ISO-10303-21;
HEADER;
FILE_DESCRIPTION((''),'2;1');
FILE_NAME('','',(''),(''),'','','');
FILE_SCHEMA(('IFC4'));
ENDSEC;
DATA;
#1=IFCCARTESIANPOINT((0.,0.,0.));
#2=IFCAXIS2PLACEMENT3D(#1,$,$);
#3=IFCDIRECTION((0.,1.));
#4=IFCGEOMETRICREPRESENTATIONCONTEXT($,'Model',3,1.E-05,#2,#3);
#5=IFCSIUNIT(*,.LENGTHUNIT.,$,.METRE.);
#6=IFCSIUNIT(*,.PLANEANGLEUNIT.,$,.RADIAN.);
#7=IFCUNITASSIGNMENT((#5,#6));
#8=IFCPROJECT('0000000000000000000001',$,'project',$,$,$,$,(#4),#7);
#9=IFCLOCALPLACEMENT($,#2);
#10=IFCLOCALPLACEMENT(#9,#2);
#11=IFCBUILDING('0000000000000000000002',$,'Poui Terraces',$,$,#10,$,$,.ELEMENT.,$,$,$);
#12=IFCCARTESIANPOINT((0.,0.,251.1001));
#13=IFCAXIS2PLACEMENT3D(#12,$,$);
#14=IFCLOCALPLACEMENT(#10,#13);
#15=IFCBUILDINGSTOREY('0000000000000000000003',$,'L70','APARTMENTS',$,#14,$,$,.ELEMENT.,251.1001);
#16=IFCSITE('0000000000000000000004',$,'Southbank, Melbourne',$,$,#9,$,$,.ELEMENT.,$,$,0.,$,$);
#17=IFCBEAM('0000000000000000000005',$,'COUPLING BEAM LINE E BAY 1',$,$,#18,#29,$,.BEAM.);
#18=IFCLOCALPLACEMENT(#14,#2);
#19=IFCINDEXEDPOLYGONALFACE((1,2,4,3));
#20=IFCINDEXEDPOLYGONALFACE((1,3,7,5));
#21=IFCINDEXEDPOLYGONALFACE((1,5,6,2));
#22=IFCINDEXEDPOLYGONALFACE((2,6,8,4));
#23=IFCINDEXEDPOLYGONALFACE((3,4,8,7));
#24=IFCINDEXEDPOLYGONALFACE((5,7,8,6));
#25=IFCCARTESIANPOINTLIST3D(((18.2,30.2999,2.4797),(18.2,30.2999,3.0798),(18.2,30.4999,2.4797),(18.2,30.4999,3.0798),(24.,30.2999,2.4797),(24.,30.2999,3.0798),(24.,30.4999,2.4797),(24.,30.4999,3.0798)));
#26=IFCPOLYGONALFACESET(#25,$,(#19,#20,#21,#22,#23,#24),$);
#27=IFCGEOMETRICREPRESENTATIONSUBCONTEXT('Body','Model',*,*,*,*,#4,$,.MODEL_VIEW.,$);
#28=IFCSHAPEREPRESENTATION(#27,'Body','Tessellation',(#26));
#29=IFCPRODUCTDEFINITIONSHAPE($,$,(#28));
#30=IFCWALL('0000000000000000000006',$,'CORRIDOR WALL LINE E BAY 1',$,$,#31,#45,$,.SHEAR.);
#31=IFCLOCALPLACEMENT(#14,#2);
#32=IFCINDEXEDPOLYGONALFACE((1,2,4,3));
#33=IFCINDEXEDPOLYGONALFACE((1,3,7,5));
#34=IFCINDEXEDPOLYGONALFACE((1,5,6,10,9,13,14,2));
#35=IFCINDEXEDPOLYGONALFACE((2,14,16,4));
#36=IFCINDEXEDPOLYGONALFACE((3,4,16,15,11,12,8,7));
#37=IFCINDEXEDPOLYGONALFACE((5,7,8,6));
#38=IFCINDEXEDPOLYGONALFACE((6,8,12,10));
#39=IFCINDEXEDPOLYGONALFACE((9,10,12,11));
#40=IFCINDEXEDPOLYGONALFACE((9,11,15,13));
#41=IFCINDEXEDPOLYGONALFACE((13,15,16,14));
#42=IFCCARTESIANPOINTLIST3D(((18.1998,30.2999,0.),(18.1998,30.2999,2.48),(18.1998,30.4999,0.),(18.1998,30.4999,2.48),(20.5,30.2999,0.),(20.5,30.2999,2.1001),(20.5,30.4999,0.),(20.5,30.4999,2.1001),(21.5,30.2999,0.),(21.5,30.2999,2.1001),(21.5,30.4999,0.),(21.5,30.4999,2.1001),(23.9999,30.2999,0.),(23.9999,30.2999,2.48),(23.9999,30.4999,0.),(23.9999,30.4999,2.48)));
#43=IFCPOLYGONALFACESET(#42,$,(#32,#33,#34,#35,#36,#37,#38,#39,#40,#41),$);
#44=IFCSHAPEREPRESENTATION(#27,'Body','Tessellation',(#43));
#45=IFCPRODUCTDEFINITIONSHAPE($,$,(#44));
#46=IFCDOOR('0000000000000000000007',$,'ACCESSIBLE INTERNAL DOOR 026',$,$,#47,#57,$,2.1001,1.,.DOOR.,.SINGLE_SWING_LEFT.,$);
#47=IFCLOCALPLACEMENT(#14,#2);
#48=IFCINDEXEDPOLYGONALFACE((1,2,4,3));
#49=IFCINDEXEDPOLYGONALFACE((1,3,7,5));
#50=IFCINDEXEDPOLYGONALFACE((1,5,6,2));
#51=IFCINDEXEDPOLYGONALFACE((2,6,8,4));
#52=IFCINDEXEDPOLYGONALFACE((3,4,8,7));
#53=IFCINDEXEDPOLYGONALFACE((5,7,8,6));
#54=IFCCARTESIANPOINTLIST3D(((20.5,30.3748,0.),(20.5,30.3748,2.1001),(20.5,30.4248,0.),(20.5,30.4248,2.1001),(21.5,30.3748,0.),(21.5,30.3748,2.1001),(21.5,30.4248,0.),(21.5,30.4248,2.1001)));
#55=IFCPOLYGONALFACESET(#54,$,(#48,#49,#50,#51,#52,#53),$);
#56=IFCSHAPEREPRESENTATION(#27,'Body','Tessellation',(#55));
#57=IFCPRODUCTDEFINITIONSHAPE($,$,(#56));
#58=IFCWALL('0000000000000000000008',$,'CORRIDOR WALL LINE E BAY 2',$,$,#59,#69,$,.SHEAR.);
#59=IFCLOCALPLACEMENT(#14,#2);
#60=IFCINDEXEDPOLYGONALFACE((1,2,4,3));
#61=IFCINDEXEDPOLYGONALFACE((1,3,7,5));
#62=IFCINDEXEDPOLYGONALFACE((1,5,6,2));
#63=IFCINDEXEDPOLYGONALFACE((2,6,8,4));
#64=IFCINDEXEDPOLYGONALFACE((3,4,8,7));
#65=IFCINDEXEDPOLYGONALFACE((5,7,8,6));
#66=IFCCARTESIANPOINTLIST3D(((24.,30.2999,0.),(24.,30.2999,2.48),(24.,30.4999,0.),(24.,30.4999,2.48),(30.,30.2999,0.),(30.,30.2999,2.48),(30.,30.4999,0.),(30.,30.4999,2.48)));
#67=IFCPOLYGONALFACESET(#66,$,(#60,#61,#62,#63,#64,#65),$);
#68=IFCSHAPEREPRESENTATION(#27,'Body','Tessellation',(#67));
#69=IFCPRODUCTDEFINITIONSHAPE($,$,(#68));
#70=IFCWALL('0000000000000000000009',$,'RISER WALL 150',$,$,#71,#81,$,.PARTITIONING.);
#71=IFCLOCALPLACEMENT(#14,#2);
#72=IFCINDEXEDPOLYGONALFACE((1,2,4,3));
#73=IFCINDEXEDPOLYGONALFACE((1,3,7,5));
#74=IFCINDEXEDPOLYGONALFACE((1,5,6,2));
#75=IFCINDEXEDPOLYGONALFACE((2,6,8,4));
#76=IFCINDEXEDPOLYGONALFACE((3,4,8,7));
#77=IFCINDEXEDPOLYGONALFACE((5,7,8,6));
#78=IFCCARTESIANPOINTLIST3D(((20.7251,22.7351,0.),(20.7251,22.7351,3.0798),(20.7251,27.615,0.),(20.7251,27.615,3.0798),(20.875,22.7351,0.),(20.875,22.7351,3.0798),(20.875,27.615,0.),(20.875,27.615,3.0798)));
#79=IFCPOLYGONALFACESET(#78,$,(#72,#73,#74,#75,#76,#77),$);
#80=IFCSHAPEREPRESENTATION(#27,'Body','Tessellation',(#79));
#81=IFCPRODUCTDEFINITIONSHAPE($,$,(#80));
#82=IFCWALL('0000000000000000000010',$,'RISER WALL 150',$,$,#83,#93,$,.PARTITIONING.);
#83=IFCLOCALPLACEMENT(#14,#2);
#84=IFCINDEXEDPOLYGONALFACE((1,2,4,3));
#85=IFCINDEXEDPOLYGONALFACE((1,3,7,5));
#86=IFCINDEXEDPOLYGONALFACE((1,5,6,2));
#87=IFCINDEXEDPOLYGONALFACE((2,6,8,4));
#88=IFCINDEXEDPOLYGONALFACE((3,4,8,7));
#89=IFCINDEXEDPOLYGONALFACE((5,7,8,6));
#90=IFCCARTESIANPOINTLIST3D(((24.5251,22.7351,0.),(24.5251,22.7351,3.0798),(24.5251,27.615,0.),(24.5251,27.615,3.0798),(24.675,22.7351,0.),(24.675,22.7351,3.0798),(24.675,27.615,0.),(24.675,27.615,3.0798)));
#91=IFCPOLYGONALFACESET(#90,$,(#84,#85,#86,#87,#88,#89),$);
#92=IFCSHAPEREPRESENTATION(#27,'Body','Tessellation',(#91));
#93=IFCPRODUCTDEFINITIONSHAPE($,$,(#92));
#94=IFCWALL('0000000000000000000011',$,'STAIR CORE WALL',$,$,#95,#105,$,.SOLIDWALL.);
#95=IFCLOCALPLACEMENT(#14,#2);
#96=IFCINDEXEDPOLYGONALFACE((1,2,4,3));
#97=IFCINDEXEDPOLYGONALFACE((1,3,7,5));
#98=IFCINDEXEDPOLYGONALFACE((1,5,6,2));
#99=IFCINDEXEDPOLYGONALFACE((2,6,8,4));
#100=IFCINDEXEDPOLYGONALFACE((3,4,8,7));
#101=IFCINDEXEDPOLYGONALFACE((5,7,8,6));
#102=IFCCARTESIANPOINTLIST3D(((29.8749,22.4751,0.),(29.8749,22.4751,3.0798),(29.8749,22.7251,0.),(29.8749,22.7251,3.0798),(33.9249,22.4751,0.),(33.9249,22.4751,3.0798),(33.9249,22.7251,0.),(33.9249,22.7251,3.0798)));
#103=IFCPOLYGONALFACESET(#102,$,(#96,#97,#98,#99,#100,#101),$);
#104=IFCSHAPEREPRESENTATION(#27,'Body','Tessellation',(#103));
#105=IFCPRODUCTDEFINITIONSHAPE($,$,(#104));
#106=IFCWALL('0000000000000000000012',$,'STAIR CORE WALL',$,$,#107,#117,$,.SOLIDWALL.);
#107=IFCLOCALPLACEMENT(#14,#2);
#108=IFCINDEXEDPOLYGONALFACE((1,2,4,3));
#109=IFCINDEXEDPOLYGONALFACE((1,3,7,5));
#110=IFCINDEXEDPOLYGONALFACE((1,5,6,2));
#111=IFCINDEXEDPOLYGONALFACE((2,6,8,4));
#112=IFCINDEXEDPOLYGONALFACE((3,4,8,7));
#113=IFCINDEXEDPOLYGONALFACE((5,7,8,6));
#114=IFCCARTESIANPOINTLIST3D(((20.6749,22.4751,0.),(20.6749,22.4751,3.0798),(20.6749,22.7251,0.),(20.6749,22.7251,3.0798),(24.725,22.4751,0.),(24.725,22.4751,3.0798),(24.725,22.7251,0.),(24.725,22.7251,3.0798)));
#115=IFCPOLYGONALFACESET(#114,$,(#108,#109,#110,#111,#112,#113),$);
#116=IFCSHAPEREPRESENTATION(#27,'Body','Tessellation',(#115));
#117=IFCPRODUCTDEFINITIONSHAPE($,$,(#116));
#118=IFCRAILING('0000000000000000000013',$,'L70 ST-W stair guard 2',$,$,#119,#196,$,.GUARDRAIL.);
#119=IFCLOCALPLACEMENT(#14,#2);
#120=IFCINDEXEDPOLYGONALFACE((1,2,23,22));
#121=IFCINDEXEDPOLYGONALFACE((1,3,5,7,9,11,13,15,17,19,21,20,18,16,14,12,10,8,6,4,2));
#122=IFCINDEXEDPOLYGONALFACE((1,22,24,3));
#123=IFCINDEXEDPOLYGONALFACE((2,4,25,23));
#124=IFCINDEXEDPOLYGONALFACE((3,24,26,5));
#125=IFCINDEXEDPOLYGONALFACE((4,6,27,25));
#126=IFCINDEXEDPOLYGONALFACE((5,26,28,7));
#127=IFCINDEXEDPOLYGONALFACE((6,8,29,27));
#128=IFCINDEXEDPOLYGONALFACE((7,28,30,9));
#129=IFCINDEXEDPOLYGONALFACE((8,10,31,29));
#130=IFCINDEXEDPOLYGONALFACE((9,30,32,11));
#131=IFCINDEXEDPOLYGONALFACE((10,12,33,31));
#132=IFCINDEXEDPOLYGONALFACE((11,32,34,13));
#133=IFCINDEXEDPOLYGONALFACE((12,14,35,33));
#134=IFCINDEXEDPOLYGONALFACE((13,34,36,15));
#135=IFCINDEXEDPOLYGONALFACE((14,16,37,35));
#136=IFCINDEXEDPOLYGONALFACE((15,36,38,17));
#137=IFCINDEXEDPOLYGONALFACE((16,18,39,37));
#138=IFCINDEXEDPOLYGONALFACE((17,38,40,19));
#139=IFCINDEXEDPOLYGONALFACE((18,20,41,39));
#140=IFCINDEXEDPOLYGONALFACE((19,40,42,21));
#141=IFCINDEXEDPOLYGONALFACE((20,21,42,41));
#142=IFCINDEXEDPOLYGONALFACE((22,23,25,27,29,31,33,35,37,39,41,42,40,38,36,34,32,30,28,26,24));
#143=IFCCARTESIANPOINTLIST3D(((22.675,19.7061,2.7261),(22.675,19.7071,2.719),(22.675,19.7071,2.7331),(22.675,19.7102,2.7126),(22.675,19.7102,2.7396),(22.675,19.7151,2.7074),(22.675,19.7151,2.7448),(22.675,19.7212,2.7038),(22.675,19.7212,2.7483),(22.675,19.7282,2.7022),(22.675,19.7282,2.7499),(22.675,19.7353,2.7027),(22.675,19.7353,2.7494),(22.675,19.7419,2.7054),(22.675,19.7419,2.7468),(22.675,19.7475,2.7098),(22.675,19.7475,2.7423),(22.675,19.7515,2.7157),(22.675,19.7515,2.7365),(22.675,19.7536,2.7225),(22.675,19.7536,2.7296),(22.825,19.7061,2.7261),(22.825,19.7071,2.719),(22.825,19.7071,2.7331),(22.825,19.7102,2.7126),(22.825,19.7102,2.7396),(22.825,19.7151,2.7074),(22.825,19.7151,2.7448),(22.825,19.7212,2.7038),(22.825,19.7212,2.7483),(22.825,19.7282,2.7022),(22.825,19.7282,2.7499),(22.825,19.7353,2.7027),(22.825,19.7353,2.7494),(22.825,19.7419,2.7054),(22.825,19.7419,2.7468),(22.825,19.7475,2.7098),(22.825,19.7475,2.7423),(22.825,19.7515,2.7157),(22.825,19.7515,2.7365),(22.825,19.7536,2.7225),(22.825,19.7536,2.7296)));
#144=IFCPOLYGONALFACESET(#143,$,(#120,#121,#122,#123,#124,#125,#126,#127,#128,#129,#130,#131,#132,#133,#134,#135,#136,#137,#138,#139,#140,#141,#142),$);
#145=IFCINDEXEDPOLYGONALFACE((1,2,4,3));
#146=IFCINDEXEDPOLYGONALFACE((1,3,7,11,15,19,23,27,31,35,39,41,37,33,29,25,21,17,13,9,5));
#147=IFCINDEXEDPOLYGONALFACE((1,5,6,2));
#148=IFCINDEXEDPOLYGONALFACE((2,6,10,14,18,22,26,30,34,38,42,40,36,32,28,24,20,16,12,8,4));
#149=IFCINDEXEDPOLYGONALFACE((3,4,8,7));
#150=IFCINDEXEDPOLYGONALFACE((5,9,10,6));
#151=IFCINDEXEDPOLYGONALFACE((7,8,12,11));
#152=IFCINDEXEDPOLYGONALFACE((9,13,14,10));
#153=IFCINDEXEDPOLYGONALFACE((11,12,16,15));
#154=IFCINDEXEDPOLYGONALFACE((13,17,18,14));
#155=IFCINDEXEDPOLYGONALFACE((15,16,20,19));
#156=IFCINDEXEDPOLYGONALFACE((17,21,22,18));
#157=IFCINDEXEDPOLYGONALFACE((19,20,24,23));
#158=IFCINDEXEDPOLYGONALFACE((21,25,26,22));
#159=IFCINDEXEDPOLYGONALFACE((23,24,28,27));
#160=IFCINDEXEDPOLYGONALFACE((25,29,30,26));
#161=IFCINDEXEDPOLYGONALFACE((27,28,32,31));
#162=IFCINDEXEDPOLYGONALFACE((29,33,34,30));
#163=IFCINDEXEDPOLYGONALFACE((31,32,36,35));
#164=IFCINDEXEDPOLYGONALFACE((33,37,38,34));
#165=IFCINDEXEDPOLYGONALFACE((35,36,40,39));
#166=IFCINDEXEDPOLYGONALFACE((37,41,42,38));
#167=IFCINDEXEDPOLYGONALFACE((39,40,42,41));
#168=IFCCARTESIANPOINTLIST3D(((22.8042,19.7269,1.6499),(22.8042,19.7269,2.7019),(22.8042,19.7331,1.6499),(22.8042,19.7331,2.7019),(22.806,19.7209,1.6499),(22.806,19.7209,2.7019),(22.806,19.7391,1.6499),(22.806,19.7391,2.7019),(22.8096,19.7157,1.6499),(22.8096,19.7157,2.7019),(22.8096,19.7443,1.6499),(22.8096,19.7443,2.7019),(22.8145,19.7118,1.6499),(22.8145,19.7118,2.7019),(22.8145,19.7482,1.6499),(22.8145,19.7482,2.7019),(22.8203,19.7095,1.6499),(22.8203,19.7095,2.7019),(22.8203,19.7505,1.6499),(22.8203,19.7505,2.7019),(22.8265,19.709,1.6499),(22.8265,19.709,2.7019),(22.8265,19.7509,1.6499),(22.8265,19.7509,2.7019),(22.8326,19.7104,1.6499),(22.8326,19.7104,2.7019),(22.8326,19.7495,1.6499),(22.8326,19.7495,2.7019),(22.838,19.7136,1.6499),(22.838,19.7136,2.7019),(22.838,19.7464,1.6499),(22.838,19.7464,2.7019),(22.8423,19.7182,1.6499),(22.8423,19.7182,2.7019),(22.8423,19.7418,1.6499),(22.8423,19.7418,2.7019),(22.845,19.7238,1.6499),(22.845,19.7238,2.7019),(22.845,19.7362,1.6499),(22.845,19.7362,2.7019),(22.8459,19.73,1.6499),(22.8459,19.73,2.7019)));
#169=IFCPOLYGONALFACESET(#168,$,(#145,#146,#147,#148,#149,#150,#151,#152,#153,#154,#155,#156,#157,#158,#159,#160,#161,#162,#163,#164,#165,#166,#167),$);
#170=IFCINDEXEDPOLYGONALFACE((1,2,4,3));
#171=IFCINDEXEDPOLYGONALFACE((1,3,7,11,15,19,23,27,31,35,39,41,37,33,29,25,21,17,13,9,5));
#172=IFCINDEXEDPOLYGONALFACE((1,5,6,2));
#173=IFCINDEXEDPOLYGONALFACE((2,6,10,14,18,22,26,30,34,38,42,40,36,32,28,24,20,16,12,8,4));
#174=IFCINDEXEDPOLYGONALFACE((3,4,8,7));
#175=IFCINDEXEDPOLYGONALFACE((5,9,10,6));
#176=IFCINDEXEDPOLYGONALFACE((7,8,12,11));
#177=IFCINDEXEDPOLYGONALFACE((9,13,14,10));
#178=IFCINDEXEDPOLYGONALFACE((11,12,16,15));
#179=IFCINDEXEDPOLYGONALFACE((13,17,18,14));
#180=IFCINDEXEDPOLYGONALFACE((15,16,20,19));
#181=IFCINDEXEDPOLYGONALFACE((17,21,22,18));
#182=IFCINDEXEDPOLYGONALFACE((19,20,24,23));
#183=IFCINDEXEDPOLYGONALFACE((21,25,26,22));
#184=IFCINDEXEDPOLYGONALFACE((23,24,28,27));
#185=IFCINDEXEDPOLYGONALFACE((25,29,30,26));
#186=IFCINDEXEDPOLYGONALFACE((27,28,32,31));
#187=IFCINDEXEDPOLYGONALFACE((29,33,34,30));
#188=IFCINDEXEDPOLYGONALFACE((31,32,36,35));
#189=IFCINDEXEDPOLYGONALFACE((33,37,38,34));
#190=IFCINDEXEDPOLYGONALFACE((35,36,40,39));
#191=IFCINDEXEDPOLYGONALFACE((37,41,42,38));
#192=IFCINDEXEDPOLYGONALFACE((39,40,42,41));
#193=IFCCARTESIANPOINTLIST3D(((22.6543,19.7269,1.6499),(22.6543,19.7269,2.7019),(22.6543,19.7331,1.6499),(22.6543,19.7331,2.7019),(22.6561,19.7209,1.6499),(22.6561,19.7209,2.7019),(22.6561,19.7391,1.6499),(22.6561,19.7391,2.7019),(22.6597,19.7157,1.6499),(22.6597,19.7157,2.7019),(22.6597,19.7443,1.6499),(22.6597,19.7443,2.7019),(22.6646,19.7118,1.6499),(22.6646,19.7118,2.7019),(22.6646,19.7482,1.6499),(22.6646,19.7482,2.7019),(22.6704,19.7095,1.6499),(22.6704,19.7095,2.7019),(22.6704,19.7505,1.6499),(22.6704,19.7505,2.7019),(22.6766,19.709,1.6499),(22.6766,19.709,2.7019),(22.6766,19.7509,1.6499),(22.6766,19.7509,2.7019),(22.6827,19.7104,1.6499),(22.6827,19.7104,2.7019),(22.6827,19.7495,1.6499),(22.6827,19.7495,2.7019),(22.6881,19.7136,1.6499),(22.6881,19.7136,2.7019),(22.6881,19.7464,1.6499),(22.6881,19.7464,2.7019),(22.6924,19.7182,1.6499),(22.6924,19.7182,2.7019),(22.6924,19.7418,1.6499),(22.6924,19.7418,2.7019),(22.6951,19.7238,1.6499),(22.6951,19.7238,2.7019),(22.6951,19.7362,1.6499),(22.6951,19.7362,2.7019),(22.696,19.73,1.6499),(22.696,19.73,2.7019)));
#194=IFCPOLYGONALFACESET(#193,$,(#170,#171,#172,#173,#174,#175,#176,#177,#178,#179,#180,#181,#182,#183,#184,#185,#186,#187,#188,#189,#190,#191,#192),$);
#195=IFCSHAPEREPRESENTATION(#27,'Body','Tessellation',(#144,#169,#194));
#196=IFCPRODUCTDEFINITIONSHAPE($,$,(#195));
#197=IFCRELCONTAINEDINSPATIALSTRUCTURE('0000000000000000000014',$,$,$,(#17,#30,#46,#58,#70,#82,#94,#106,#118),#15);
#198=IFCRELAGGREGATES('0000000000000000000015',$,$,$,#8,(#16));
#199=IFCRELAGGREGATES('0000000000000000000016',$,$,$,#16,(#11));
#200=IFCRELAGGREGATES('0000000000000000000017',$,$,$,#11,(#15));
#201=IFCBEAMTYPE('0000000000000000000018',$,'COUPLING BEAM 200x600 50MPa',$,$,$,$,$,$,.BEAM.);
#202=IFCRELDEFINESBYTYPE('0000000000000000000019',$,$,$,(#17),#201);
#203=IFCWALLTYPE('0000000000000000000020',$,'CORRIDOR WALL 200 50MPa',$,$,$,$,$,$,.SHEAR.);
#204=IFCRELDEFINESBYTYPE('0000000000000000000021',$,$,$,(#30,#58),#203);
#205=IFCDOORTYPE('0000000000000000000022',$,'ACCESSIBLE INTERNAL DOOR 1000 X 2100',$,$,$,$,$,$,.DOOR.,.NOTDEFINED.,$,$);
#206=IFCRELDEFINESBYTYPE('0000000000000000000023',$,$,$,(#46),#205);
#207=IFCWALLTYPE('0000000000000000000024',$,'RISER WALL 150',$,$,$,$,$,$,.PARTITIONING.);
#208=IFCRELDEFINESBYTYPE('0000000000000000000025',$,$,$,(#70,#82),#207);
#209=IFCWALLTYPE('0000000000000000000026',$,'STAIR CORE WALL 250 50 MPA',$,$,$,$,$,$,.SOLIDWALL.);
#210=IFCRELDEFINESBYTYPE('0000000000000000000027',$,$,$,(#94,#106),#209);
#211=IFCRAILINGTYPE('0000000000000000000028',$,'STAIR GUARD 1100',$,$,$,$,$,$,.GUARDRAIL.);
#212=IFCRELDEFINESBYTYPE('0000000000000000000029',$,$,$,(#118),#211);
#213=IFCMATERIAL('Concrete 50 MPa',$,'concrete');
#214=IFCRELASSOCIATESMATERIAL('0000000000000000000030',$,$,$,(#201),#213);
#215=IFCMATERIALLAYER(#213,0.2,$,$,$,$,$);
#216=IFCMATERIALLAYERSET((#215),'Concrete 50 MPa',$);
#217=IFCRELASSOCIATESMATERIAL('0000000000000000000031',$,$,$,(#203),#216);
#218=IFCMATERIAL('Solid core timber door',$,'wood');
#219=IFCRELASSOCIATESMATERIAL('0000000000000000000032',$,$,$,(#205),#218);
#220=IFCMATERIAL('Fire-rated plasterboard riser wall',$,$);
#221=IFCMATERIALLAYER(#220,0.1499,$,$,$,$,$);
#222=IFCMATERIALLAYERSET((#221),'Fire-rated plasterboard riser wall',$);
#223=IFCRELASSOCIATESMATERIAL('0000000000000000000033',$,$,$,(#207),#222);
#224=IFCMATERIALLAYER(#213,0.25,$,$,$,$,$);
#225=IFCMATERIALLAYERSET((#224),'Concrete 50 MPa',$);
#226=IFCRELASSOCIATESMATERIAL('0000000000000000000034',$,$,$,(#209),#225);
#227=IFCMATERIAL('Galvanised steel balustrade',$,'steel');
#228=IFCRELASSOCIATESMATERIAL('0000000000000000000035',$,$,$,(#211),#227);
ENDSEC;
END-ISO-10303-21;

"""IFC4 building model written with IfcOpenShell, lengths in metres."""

from ifc_helpers import new_model, si_unit, direction, frame, frame_2d, origin, origin_2d, place, context, subcontext, project, spatial, rectangle, circle, extrude, source, transform, mapped, material, layer, layer_set, material_profile, profile_set, type_object, element, fill, save


model = new_model("IFC4")

# Units and contexts
model_context = context("Model", 3, precision=1e-05, world=origin(), true_north=direction((0.0, 1.0)))
body_context = subcontext(model_context, "Body", "Model", "MODEL_VIEW")
ifc_project = project(units=[si_unit("LENGTHUNIT", "METRE"), si_unit("PLANEANGLEUNIT", "RADIAN")], contexts=[model_context])

# Site, building, storey
site_placement = place(None, origin())
site = spatial("IfcSite", under=ifc_project, at=site_placement, Name="Southbank, Melbourne", CompositionType="ELEMENT", RefElevation=0.0)
building_placement = place(site_placement, origin())
building = spatial("IfcBuilding", under=site, at=building_placement, Name="Poui Terraces", CompositionType="ELEMENT")
storey_placement = place(building_placement, frame((0.0, 0.0, 251.1001)))
storey = spatial("IfcBuildingStorey", under=building, at=storey_placement, Name="L70", Description="APARTMENTS", CompositionType="ELEMENT", Elevation=251.1001)

# Beam
ifc_material_1 = material(Name="Concrete 50 MPa", Category="concrete")
ifc_material_profile = material_profile(ifc_material_1, rectangle(XDim=0.2, YDim=0.6001, at=origin_2d()), Name="RC 200x600")
ifc_profile_set = profile_set([ifc_material_profile], Name="Concrete 50 MPa")
beam_type = type_object("IfcBeamType", Name="COUPLING BEAM 200x600 50MPa", PredefinedType="BEAM", material=ifc_profile_set)
shared_shape = source(origin(), body_context, "Body", "SweptSolid", [
    extrude(rectangle(XDim=0.2, YDim=0.6001, at=origin_2d()), origin(), (0.0, 0.0, 1.0), 5.8),
])
beam_placement = place(storey_placement, frame((18.2, 30.3999, 2.7798), z_axis=(1.0, 0.0, 0.0), x_axis=(0.0, 1.0, 0.0)))
element("IfcBeam", 1, at=beam_placement, inside=storey, type_object=beam_type, Name="COUPLING BEAM LINE E BAY 1", PredefinedType="BEAM", context=body_context, shape_type="MappedRepresentation", body=[
    mapped(shared_shape, transform((0.0, 0.0, 0.0))),
])

# Wall, opening, door
ifc_layer_1 = layer(ifc_material_1, 0.2)
ifc_layer_set_1 = layer_set([ifc_layer_1], Name="Concrete 50 MPa")
wall_type_1 = type_object("IfcWallType", Name="CORRIDOR WALL 200 50MPa", PredefinedType="SHEAR", material=ifc_layer_set_1)
wall_1_placement = place(storey_placement, frame((18.2, 30.3999, 0.0), z_axis=(0.0, 0.0, 1.0), x_axis=(1.0, 0.0, 0.0)))
wall_1 = element("IfcWall", 2, at=wall_1_placement, inside=storey, type_object=wall_type_1, Name="CORRIDOR WALL LINE E BAY 1", PredefinedType="SHEAR", context=body_context, shape_type="SweptSolid", body=[
    extrude(rectangle(XDim=5.8, YDim=0.2, at=frame_2d((2.8999, 0.0))), origin(), (0.0, 0.0, 1.0), 2.48),
])
opening_1_placement = place(wall_1_placement, frame((2.3, 0.0, 0.0)))
opening_1 = element("IfcOpeningElement", 3, at=opening_1_placement, cuts=wall_1, PredefinedType="OPENING", context=body_context, shape_type="SweptSolid", body=[
    extrude(rectangle(XDim=1.0, YDim=2.1001, at=frame_2d((0.5, 1.05))), frame((0.0, 0.1099, 0.0), z_axis=(0.0, -1.0, 0.0), x_axis=(1.0, 0.0, 0.0)), (0.0, 0.0, 1.0), 0.22),
])
ifc_material_2 = material(Name="Solid core timber door", Category="wood")
door_type_1 = type_object("IfcDoorType", Name="ACCESSIBLE INTERNAL DOOR 1000 X 2100", OperationType="NOTDEFINED", PredefinedType="DOOR", material=ifc_material_2)
door_1_placement = place(opening_1_placement, origin())
door_1 = element("IfcDoor", 4, at=door_1_placement, inside=storey, type_object=door_type_1, Name="ACCESSIBLE INTERNAL DOOR 026", OperationType="SINGLE_SWING_LEFT", OverallHeight=2.1001, OverallWidth=1.0, PredefinedType="DOOR", context=body_context, shape_type="SweptSolid", body=[
    extrude(rectangle(XDim=1.0, YDim=2.1001, at=frame_2d((0.5, 1.05))), frame((0.0, 0.0249, 0.0), z_axis=(0.0, -1.0, 0.0), x_axis=(1.0, 0.0, 0.0)), (0.0, 0.0, 1.0), 0.05),
])
fill(opening_1, door_1)

# Walls
wall_2_placement = place(storey_placement, frame((24.0, 30.3999, 0.0), z_axis=(0.0, 0.0, 1.0), x_axis=(1.0, 0.0, 0.0)))
element("IfcWall", 5, at=wall_2_placement, inside=storey, type_object=wall_type_1, Name="CORRIDOR WALL LINE E BAY 2", PredefinedType="SHEAR", context=body_context, shape_type="SweptSolid", body=[
    extrude(rectangle(XDim=6.0, YDim=0.2, at=frame_2d((3.0, 0.0))), origin(), (0.0, 0.0, 1.0), 2.48),
])
ifc_material_3 = material(Name="Fire-rated plasterboard riser wall")
ifc_layer_2 = layer(ifc_material_3, 0.1499)
ifc_layer_set_2 = layer_set([ifc_layer_2], Name="Fire-rated plasterboard riser wall")
wall_type_2 = type_object("IfcWallType", Name="RISER WALL 150", PredefinedType="PARTITIONING", material=ifc_layer_set_2)
for number, where, z_axis, x_axis, name in (
    (6, (20.8, 22.7351, 0.0), (0.0, 0.0, 1.0), (0.0, 1.0, 0.0), "RISER WALL 150"),
    (7, (24.6001, 22.7351, 0.0), (0.0, 0.0, 1.0), (0.0, 1.0, 0.0), "RISER WALL 150"),
):
    element("IfcWall", number, at=place(storey_placement, frame(where, z_axis=z_axis, x_axis=x_axis)), inside=storey, type_object=wall_type_2, Name=name, PredefinedType="PARTITIONING", context=body_context, shape_type="SweptSolid", body=[
        extrude(rectangle(XDim=4.8799, YDim=0.1499, at=frame_2d((2.4399, 0.0))), origin(), (0.0, 0.0, 1.0), 3.0798),
    ])

# Walls
ifc_layer_3 = layer(ifc_material_1, 0.25)
ifc_layer_set_3 = layer_set([ifc_layer_3], Name="Concrete 50 MPa")
wall_type_3 = type_object("IfcWallType", Name="STAIR CORE WALL 250 50 MPA", PredefinedType="SOLIDWALL", material=ifc_layer_set_3)
for number, where, z_axis, x_axis, name in (
    (8, (29.875, 22.6001, 0.0), (0.0, 0.0, 1.0), (1.0, 0.0, 0.0), "STAIR CORE WALL"),
    (9, (20.675, 22.6001, 0.0), (0.0, 0.0, 1.0), (1.0, 0.0, 0.0), "STAIR CORE WALL"),
):
    element("IfcWall", number, at=place(storey_placement, frame(where, z_axis=z_axis, x_axis=x_axis)), inside=storey, type_object=wall_type_3, Name=name, PredefinedType="SOLIDWALL", context=body_context, shape_type="SweptSolid", body=[
        extrude(rectangle(XDim=4.05, YDim=0.25, at=frame_2d((2.0249, 0.0))), origin(), (0.0, 0.0, 1.0), 3.0798),
    ])

# Railing
ifc_material_4 = material(Name="Galvanised steel balustrade", Category="steel")
railing_type = type_object("IfcRailingType", Name="STAIR GUARD 1100", PredefinedType="GUARDRAIL", material=ifc_material_4)
railing_placement = place(storey_placement, frame((22.825, 19.73, 1.6499)))
element("IfcRailing", 10, at=railing_placement, inside=storey, type_object=railing_type, Name="L70 ST-W stair guard 2", PredefinedType="GUARDRAIL", context=body_context, shape_type="SweptSolid", body=[
    extrude(circle(Radius=0.0239, at=origin_2d()), frame((0.0, 0.0, 1.0762), z_axis=(-1.0, 0.0, 0.0), x_axis=(0.0, -1.0, 0.0)), (0.0, 0.0, 1.0), 0.1499),
    extrude(circle(Radius=0.021, at=origin_2d()), origin(), (0.0, 0.0, 1.0), 1.052),
    extrude(circle(Radius=0.021, at=origin_2d()), frame((-0.1499, 0.0, 0.0)), (0.0, 0.0, 1.0), 1.052),
])

save(model, "model.ifc")
